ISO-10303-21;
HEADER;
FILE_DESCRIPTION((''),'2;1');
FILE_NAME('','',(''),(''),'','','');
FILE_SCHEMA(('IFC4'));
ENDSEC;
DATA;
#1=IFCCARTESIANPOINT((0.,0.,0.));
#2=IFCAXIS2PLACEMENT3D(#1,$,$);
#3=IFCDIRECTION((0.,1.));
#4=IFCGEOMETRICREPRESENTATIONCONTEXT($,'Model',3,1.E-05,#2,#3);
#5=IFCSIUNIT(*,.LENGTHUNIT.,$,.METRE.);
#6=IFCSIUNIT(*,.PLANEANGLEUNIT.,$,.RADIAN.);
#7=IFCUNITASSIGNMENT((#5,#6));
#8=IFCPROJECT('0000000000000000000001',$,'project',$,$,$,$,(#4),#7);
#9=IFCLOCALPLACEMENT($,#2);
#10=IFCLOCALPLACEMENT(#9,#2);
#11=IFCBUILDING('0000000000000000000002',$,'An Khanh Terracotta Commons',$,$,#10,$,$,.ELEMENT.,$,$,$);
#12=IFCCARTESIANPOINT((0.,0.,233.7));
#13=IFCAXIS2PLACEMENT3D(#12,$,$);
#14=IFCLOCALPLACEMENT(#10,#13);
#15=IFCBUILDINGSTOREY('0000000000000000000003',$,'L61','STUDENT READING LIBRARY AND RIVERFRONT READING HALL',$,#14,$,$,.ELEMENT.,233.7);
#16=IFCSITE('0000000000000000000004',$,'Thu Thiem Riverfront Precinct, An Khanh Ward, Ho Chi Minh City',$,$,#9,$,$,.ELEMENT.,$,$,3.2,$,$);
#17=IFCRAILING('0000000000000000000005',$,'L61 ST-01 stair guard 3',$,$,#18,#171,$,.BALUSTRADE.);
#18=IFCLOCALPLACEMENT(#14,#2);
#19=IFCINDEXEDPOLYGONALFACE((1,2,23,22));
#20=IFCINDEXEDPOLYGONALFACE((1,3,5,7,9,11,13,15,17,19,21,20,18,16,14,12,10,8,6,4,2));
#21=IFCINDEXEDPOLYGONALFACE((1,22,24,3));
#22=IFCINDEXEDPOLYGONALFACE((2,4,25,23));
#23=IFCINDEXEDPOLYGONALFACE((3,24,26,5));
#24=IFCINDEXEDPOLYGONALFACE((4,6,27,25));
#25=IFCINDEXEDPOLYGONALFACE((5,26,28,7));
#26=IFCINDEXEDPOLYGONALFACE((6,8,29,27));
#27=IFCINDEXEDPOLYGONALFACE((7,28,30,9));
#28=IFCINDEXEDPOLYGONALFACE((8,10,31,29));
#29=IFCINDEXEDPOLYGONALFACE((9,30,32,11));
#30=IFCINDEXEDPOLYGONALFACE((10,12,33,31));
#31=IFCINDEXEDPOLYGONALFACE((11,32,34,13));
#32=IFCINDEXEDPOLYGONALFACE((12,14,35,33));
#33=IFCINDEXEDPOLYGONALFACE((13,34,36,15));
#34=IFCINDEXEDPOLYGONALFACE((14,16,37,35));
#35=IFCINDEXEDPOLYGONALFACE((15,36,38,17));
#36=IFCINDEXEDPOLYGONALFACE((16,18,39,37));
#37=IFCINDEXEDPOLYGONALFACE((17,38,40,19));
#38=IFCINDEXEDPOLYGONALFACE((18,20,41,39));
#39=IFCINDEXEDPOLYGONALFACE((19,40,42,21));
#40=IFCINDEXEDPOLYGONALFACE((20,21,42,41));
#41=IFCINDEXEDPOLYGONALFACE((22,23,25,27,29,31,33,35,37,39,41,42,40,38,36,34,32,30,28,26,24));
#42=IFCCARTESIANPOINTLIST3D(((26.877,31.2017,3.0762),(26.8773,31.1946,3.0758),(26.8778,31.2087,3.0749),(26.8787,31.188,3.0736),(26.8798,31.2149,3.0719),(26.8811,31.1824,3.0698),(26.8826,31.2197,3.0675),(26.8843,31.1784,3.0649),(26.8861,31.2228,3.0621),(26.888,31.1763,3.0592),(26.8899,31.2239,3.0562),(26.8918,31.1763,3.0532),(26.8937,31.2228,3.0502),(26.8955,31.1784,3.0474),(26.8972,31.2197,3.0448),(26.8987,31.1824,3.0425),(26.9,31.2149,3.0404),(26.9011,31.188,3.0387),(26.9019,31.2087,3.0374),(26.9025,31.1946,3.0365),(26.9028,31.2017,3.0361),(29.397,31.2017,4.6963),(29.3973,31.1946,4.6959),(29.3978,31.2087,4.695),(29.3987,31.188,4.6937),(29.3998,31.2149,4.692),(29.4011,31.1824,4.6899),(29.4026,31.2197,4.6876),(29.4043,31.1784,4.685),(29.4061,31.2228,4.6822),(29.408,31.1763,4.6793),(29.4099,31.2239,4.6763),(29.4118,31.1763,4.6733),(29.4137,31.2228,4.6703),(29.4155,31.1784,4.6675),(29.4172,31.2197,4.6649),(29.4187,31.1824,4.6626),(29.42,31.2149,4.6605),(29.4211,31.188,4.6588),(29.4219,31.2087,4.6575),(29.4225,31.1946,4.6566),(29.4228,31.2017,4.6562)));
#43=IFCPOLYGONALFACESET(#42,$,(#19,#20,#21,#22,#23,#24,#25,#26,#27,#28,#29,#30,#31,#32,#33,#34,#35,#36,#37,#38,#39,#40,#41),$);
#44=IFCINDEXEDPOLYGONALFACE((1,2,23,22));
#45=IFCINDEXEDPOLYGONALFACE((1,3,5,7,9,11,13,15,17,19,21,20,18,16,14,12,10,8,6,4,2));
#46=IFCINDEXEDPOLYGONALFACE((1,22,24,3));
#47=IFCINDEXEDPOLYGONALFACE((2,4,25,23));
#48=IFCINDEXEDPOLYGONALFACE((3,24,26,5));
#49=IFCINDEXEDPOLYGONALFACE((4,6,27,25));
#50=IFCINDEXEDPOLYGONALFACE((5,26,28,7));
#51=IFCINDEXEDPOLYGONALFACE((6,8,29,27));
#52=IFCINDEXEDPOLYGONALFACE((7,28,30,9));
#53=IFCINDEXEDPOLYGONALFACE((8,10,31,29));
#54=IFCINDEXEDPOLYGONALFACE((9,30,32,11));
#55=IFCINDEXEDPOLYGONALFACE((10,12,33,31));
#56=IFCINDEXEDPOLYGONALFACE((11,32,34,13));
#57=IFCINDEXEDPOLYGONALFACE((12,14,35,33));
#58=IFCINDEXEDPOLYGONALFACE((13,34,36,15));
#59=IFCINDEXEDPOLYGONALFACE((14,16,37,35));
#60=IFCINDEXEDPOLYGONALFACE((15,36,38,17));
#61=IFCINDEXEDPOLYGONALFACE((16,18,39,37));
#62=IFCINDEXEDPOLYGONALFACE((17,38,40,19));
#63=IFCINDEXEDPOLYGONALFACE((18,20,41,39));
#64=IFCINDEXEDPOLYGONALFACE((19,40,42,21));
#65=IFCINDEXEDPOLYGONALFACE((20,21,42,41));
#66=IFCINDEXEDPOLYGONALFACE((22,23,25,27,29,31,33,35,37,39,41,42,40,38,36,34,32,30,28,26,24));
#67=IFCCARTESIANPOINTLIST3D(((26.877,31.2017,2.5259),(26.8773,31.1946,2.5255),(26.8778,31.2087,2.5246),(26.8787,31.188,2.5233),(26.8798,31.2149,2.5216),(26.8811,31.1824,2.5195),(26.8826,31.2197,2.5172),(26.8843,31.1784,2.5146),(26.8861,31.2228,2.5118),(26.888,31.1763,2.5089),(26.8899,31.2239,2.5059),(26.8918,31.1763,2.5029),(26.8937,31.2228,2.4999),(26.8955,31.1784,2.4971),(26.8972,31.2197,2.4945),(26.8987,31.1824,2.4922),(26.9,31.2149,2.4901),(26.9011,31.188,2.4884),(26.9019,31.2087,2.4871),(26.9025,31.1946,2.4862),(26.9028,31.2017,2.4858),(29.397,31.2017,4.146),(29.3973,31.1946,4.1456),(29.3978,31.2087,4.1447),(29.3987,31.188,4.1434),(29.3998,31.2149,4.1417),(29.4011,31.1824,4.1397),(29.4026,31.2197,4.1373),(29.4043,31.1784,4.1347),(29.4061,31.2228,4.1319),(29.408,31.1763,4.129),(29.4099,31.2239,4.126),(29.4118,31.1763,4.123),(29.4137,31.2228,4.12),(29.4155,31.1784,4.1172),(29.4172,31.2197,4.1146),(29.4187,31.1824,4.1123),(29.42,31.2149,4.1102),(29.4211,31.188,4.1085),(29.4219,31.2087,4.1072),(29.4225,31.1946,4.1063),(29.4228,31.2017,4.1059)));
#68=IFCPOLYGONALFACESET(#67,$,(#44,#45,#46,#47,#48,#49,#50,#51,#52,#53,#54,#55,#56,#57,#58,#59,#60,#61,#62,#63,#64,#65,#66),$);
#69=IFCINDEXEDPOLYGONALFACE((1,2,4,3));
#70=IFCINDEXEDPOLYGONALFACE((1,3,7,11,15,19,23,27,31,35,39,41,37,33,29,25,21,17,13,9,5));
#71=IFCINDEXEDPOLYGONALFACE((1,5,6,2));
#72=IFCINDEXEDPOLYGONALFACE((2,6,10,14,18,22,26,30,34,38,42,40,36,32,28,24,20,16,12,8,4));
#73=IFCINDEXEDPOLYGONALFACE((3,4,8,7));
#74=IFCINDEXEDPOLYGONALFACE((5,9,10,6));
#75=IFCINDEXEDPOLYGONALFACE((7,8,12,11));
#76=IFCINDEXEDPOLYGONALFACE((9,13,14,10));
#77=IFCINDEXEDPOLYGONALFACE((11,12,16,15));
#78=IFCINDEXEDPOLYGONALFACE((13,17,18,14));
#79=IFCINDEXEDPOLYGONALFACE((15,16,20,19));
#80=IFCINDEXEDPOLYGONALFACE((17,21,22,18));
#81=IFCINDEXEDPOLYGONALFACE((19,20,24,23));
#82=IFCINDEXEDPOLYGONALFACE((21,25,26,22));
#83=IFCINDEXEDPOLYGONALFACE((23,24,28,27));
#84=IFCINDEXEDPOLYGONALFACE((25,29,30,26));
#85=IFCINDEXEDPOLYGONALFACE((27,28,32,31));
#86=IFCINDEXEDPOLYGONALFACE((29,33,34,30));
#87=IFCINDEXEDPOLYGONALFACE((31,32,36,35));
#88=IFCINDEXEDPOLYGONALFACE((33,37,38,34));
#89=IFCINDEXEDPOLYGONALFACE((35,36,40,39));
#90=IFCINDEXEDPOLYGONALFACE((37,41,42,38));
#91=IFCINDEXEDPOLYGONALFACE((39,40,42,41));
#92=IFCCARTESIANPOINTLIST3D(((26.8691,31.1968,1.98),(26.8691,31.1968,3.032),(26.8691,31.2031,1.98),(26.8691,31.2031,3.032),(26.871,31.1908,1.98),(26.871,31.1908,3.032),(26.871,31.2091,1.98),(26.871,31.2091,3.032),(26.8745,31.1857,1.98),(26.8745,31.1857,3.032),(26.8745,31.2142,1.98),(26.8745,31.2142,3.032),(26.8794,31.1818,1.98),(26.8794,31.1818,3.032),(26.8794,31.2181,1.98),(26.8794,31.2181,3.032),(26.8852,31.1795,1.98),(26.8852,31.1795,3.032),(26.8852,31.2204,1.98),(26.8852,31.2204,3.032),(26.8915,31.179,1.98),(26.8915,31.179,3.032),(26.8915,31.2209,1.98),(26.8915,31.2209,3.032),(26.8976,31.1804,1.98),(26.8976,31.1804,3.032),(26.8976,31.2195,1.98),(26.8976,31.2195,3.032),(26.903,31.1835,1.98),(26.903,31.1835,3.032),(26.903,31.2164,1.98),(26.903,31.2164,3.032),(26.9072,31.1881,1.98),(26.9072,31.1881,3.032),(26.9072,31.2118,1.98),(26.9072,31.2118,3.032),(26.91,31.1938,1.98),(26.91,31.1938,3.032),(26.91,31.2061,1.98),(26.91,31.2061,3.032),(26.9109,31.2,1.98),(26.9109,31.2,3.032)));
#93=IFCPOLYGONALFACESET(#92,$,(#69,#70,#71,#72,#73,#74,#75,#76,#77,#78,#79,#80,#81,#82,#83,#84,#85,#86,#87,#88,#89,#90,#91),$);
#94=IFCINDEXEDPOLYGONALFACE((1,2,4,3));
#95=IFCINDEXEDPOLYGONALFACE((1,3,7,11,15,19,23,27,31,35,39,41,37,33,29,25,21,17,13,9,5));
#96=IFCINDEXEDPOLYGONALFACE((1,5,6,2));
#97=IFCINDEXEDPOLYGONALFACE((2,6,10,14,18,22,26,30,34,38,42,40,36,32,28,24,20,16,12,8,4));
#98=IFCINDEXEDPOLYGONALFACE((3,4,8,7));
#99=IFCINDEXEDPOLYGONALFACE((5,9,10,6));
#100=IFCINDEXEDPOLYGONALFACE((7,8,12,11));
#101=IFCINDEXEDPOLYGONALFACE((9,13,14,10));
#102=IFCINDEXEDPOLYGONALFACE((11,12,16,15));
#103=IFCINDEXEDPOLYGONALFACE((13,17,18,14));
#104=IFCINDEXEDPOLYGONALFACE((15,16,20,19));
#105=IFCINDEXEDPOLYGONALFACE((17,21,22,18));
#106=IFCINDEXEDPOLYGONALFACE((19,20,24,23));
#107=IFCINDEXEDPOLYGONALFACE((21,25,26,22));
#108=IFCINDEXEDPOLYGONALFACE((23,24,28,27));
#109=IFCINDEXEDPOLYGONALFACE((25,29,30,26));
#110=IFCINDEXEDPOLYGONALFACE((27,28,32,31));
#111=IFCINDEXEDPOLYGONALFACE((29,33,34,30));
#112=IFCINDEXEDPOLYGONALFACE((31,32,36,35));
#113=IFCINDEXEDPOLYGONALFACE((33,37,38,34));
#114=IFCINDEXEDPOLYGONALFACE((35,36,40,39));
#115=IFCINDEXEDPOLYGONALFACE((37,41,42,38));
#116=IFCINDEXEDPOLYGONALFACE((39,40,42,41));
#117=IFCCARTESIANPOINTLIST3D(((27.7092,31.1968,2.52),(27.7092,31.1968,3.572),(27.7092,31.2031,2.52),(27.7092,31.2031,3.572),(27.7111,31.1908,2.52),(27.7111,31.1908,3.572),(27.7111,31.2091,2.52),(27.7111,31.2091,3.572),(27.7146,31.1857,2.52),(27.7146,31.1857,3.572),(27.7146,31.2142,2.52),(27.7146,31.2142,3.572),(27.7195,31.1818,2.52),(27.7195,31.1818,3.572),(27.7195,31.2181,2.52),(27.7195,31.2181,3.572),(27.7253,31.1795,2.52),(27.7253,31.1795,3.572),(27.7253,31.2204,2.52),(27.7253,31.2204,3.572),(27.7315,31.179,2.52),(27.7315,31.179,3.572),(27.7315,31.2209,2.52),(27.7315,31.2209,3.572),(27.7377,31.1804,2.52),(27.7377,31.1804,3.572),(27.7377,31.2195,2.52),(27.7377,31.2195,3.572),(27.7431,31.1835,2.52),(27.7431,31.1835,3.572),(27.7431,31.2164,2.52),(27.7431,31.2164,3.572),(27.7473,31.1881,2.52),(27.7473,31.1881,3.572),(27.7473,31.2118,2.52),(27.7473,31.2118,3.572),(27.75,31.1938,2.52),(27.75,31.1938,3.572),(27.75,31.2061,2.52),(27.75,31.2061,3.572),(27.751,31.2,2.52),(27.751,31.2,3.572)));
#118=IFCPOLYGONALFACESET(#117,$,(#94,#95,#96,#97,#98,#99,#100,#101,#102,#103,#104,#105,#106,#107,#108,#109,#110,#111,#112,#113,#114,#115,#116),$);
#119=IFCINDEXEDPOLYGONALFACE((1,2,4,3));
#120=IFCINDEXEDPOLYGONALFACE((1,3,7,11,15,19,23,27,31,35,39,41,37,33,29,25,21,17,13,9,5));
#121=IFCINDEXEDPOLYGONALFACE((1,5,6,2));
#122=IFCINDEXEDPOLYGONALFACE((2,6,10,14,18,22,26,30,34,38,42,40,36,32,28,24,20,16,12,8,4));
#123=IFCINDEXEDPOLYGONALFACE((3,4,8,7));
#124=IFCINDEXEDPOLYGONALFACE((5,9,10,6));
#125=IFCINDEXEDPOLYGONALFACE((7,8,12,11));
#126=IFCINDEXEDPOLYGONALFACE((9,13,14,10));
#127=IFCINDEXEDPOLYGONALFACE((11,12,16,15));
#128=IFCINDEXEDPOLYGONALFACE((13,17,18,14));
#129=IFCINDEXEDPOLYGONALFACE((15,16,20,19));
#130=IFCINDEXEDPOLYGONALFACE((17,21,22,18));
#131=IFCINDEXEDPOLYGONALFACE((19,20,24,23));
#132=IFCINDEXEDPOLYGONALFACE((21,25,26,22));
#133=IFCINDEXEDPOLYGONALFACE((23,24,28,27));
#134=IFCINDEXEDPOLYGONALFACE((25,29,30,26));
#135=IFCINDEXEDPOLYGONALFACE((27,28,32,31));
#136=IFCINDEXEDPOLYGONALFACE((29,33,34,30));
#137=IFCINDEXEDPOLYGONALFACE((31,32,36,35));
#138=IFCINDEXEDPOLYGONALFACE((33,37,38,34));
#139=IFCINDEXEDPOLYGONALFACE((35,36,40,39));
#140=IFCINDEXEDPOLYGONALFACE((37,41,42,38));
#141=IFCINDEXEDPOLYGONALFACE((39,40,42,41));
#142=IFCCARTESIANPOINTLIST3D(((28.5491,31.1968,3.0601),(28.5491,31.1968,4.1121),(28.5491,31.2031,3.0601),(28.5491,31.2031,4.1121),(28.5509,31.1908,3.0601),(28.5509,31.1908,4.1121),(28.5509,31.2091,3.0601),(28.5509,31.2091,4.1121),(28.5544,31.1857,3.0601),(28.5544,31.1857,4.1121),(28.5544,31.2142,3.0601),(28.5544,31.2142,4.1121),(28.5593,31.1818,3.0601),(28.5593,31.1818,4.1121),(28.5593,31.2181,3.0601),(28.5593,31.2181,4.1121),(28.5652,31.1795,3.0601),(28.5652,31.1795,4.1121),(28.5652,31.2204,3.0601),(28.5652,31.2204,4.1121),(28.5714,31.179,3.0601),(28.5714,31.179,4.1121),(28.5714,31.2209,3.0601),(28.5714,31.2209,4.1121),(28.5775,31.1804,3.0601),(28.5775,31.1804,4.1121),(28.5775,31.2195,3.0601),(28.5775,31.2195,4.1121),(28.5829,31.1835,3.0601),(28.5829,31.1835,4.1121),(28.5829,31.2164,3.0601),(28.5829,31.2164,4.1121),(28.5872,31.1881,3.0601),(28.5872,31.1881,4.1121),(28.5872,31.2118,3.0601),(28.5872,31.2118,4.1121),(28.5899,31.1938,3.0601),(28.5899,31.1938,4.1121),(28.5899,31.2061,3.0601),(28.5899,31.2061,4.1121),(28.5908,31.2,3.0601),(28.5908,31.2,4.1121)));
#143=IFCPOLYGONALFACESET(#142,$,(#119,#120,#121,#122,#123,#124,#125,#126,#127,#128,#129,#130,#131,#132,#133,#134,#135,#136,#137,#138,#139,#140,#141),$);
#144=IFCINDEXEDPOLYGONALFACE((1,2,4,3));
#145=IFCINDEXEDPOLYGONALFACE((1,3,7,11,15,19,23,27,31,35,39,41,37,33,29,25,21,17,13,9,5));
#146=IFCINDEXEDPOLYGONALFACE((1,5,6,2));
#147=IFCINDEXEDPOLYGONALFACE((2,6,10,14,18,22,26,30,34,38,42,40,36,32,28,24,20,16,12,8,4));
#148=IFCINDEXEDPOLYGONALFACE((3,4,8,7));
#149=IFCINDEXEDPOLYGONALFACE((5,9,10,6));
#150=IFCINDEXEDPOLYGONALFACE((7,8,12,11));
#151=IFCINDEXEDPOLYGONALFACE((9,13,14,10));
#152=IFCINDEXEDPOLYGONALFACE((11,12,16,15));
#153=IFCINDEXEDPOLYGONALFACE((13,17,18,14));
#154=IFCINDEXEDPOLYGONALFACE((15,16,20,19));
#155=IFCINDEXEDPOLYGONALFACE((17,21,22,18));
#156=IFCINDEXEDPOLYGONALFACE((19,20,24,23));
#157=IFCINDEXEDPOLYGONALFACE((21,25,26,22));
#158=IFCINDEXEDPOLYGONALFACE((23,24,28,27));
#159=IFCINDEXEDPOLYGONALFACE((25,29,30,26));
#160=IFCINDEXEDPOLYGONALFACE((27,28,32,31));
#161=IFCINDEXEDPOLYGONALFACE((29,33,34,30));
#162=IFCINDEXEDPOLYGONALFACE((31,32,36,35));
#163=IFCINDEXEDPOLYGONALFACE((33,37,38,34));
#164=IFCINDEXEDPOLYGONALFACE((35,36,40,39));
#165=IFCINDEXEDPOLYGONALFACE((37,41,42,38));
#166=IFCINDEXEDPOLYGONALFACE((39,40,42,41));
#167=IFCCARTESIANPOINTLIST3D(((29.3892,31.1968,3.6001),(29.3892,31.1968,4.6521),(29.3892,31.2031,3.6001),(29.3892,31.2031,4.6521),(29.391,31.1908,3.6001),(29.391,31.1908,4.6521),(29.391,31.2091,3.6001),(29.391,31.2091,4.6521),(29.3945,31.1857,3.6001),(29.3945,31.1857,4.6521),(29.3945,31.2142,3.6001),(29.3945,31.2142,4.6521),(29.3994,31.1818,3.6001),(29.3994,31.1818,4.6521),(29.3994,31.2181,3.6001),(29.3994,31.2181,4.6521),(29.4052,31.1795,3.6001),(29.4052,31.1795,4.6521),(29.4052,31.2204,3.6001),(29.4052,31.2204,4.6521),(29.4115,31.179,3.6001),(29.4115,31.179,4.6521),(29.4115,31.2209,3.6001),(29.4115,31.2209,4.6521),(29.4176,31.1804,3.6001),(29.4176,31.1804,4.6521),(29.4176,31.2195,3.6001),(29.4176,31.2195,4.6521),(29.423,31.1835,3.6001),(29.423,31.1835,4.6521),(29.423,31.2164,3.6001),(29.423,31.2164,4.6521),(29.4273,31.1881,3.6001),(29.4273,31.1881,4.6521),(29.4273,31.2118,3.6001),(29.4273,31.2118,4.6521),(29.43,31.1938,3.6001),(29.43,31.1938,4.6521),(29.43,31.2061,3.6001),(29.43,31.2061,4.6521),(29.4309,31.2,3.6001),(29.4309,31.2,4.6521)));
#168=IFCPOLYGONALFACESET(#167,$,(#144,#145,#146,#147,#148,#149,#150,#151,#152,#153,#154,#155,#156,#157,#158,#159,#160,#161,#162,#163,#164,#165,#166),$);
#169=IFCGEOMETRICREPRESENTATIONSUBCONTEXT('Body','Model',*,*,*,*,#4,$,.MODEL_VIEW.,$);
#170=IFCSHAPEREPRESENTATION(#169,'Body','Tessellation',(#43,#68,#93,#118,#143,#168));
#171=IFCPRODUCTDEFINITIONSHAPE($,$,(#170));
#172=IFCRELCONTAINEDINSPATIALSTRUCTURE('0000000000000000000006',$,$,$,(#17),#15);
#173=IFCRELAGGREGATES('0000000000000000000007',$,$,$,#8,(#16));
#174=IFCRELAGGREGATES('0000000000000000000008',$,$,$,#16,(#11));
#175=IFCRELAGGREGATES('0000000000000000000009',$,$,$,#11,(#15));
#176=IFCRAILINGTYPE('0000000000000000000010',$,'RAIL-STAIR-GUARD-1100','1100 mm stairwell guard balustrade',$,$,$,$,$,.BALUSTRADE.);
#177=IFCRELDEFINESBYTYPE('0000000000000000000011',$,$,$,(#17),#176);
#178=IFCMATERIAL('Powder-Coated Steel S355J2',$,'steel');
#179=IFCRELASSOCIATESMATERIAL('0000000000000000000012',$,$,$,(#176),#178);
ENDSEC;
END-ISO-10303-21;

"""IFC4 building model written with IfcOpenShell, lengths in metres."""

from ifc_helpers import new_model, si_unit, direction, frame, origin, origin_2d, place, context, subcontext, project, spatial, circle, extrude, material, type_object, element, save


model = new_model("IFC4")

# Units and contexts
model_context = context("Model", 3, precision=1e-05, world=origin(), true_north=direction((0.0, 1.0)))
body_context = subcontext(model_context, "Body", "Model", "MODEL_VIEW")
ifc_project = project(units=[si_unit("LENGTHUNIT", "METRE"), si_unit("PLANEANGLEUNIT", "RADIAN")], contexts=[model_context])

# Site, building, storey
site_placement = place(None, origin())
site = spatial("IfcSite", under=ifc_project, at=site_placement, Name="Thu Thiem Riverfront Precinct, An Khanh Ward, Ho Chi Minh City", CompositionType="ELEMENT", RefElevation=3.2)
building_placement = place(site_placement, origin())
building = spatial("IfcBuilding", under=site, at=building_placement, Name="An Khanh Terracotta Commons", CompositionType="ELEMENT")
storey_placement = place(building_placement, frame((0.0, 0.0, 233.7)))
storey = spatial("IfcBuildingStorey", under=building, at=storey_placement, Name="L61", Description="STUDENT READING LIBRARY AND RIVERFRONT READING HALL", CompositionType="ELEMENT", Elevation=233.7)

# Railing
ifc_material_1 = material(Name="Powder-Coated Steel S355J2", Category="steel")
railing_type_1 = type_object("IfcRailingType", Name="RAIL-STAIR-GUARD-1100", Description="1100 mm stairwell guard balustrade", PredefinedType="BALUSTRADE", material=ifc_material_1)
railing_1_placement = place(storey_placement, frame((26.8899, 31.2, 1.98)))
element("IfcRailing", 1, at=railing_1_placement, inside=storey, type_object=railing_type_1, Name="L61 ST-01 stair guard 3", PredefinedType="BALUSTRADE", context=body_context, shape_type="SweptSolid", body=[
    extrude(circle(Radius=0.0239, at=origin_2d()), frame((0.0, 0.0, 1.0762), z_axis=(0.841163, 0.0, 0.540782), x_axis=(0.0, 1.0, 0.0)), (0.0, 0.0, 1.0), 2.9958),
    extrude(circle(Radius=0.0239, at=origin_2d()), frame((0.0, 0.0, 0.5259), z_axis=(0.841163, 0.0, 0.540782), x_axis=(0.0, 1.0, 0.0)), (0.0, 0.0, 1.0), 2.9958),
    extrude(circle(Radius=0.021, at=origin_2d()), origin(), (0.0, 0.0, 1.0), 1.052),
    extrude(circle(Radius=0.021, at=origin_2d()), frame((0.8401, 0.0, 0.54)), (0.0, 0.0, 1.0), 1.052),
    extrude(circle(Radius=0.021, at=origin_2d()), frame((1.6799, 0.0, 1.0801)), (0.0, 0.0, 1.0), 1.052),
    extrude(circle(Radius=0.021, at=origin_2d()), frame((2.52, 0.0, 1.6201)), (0.0, 0.0, 1.0), 1.052),
])

save(model, "model.ifc")
